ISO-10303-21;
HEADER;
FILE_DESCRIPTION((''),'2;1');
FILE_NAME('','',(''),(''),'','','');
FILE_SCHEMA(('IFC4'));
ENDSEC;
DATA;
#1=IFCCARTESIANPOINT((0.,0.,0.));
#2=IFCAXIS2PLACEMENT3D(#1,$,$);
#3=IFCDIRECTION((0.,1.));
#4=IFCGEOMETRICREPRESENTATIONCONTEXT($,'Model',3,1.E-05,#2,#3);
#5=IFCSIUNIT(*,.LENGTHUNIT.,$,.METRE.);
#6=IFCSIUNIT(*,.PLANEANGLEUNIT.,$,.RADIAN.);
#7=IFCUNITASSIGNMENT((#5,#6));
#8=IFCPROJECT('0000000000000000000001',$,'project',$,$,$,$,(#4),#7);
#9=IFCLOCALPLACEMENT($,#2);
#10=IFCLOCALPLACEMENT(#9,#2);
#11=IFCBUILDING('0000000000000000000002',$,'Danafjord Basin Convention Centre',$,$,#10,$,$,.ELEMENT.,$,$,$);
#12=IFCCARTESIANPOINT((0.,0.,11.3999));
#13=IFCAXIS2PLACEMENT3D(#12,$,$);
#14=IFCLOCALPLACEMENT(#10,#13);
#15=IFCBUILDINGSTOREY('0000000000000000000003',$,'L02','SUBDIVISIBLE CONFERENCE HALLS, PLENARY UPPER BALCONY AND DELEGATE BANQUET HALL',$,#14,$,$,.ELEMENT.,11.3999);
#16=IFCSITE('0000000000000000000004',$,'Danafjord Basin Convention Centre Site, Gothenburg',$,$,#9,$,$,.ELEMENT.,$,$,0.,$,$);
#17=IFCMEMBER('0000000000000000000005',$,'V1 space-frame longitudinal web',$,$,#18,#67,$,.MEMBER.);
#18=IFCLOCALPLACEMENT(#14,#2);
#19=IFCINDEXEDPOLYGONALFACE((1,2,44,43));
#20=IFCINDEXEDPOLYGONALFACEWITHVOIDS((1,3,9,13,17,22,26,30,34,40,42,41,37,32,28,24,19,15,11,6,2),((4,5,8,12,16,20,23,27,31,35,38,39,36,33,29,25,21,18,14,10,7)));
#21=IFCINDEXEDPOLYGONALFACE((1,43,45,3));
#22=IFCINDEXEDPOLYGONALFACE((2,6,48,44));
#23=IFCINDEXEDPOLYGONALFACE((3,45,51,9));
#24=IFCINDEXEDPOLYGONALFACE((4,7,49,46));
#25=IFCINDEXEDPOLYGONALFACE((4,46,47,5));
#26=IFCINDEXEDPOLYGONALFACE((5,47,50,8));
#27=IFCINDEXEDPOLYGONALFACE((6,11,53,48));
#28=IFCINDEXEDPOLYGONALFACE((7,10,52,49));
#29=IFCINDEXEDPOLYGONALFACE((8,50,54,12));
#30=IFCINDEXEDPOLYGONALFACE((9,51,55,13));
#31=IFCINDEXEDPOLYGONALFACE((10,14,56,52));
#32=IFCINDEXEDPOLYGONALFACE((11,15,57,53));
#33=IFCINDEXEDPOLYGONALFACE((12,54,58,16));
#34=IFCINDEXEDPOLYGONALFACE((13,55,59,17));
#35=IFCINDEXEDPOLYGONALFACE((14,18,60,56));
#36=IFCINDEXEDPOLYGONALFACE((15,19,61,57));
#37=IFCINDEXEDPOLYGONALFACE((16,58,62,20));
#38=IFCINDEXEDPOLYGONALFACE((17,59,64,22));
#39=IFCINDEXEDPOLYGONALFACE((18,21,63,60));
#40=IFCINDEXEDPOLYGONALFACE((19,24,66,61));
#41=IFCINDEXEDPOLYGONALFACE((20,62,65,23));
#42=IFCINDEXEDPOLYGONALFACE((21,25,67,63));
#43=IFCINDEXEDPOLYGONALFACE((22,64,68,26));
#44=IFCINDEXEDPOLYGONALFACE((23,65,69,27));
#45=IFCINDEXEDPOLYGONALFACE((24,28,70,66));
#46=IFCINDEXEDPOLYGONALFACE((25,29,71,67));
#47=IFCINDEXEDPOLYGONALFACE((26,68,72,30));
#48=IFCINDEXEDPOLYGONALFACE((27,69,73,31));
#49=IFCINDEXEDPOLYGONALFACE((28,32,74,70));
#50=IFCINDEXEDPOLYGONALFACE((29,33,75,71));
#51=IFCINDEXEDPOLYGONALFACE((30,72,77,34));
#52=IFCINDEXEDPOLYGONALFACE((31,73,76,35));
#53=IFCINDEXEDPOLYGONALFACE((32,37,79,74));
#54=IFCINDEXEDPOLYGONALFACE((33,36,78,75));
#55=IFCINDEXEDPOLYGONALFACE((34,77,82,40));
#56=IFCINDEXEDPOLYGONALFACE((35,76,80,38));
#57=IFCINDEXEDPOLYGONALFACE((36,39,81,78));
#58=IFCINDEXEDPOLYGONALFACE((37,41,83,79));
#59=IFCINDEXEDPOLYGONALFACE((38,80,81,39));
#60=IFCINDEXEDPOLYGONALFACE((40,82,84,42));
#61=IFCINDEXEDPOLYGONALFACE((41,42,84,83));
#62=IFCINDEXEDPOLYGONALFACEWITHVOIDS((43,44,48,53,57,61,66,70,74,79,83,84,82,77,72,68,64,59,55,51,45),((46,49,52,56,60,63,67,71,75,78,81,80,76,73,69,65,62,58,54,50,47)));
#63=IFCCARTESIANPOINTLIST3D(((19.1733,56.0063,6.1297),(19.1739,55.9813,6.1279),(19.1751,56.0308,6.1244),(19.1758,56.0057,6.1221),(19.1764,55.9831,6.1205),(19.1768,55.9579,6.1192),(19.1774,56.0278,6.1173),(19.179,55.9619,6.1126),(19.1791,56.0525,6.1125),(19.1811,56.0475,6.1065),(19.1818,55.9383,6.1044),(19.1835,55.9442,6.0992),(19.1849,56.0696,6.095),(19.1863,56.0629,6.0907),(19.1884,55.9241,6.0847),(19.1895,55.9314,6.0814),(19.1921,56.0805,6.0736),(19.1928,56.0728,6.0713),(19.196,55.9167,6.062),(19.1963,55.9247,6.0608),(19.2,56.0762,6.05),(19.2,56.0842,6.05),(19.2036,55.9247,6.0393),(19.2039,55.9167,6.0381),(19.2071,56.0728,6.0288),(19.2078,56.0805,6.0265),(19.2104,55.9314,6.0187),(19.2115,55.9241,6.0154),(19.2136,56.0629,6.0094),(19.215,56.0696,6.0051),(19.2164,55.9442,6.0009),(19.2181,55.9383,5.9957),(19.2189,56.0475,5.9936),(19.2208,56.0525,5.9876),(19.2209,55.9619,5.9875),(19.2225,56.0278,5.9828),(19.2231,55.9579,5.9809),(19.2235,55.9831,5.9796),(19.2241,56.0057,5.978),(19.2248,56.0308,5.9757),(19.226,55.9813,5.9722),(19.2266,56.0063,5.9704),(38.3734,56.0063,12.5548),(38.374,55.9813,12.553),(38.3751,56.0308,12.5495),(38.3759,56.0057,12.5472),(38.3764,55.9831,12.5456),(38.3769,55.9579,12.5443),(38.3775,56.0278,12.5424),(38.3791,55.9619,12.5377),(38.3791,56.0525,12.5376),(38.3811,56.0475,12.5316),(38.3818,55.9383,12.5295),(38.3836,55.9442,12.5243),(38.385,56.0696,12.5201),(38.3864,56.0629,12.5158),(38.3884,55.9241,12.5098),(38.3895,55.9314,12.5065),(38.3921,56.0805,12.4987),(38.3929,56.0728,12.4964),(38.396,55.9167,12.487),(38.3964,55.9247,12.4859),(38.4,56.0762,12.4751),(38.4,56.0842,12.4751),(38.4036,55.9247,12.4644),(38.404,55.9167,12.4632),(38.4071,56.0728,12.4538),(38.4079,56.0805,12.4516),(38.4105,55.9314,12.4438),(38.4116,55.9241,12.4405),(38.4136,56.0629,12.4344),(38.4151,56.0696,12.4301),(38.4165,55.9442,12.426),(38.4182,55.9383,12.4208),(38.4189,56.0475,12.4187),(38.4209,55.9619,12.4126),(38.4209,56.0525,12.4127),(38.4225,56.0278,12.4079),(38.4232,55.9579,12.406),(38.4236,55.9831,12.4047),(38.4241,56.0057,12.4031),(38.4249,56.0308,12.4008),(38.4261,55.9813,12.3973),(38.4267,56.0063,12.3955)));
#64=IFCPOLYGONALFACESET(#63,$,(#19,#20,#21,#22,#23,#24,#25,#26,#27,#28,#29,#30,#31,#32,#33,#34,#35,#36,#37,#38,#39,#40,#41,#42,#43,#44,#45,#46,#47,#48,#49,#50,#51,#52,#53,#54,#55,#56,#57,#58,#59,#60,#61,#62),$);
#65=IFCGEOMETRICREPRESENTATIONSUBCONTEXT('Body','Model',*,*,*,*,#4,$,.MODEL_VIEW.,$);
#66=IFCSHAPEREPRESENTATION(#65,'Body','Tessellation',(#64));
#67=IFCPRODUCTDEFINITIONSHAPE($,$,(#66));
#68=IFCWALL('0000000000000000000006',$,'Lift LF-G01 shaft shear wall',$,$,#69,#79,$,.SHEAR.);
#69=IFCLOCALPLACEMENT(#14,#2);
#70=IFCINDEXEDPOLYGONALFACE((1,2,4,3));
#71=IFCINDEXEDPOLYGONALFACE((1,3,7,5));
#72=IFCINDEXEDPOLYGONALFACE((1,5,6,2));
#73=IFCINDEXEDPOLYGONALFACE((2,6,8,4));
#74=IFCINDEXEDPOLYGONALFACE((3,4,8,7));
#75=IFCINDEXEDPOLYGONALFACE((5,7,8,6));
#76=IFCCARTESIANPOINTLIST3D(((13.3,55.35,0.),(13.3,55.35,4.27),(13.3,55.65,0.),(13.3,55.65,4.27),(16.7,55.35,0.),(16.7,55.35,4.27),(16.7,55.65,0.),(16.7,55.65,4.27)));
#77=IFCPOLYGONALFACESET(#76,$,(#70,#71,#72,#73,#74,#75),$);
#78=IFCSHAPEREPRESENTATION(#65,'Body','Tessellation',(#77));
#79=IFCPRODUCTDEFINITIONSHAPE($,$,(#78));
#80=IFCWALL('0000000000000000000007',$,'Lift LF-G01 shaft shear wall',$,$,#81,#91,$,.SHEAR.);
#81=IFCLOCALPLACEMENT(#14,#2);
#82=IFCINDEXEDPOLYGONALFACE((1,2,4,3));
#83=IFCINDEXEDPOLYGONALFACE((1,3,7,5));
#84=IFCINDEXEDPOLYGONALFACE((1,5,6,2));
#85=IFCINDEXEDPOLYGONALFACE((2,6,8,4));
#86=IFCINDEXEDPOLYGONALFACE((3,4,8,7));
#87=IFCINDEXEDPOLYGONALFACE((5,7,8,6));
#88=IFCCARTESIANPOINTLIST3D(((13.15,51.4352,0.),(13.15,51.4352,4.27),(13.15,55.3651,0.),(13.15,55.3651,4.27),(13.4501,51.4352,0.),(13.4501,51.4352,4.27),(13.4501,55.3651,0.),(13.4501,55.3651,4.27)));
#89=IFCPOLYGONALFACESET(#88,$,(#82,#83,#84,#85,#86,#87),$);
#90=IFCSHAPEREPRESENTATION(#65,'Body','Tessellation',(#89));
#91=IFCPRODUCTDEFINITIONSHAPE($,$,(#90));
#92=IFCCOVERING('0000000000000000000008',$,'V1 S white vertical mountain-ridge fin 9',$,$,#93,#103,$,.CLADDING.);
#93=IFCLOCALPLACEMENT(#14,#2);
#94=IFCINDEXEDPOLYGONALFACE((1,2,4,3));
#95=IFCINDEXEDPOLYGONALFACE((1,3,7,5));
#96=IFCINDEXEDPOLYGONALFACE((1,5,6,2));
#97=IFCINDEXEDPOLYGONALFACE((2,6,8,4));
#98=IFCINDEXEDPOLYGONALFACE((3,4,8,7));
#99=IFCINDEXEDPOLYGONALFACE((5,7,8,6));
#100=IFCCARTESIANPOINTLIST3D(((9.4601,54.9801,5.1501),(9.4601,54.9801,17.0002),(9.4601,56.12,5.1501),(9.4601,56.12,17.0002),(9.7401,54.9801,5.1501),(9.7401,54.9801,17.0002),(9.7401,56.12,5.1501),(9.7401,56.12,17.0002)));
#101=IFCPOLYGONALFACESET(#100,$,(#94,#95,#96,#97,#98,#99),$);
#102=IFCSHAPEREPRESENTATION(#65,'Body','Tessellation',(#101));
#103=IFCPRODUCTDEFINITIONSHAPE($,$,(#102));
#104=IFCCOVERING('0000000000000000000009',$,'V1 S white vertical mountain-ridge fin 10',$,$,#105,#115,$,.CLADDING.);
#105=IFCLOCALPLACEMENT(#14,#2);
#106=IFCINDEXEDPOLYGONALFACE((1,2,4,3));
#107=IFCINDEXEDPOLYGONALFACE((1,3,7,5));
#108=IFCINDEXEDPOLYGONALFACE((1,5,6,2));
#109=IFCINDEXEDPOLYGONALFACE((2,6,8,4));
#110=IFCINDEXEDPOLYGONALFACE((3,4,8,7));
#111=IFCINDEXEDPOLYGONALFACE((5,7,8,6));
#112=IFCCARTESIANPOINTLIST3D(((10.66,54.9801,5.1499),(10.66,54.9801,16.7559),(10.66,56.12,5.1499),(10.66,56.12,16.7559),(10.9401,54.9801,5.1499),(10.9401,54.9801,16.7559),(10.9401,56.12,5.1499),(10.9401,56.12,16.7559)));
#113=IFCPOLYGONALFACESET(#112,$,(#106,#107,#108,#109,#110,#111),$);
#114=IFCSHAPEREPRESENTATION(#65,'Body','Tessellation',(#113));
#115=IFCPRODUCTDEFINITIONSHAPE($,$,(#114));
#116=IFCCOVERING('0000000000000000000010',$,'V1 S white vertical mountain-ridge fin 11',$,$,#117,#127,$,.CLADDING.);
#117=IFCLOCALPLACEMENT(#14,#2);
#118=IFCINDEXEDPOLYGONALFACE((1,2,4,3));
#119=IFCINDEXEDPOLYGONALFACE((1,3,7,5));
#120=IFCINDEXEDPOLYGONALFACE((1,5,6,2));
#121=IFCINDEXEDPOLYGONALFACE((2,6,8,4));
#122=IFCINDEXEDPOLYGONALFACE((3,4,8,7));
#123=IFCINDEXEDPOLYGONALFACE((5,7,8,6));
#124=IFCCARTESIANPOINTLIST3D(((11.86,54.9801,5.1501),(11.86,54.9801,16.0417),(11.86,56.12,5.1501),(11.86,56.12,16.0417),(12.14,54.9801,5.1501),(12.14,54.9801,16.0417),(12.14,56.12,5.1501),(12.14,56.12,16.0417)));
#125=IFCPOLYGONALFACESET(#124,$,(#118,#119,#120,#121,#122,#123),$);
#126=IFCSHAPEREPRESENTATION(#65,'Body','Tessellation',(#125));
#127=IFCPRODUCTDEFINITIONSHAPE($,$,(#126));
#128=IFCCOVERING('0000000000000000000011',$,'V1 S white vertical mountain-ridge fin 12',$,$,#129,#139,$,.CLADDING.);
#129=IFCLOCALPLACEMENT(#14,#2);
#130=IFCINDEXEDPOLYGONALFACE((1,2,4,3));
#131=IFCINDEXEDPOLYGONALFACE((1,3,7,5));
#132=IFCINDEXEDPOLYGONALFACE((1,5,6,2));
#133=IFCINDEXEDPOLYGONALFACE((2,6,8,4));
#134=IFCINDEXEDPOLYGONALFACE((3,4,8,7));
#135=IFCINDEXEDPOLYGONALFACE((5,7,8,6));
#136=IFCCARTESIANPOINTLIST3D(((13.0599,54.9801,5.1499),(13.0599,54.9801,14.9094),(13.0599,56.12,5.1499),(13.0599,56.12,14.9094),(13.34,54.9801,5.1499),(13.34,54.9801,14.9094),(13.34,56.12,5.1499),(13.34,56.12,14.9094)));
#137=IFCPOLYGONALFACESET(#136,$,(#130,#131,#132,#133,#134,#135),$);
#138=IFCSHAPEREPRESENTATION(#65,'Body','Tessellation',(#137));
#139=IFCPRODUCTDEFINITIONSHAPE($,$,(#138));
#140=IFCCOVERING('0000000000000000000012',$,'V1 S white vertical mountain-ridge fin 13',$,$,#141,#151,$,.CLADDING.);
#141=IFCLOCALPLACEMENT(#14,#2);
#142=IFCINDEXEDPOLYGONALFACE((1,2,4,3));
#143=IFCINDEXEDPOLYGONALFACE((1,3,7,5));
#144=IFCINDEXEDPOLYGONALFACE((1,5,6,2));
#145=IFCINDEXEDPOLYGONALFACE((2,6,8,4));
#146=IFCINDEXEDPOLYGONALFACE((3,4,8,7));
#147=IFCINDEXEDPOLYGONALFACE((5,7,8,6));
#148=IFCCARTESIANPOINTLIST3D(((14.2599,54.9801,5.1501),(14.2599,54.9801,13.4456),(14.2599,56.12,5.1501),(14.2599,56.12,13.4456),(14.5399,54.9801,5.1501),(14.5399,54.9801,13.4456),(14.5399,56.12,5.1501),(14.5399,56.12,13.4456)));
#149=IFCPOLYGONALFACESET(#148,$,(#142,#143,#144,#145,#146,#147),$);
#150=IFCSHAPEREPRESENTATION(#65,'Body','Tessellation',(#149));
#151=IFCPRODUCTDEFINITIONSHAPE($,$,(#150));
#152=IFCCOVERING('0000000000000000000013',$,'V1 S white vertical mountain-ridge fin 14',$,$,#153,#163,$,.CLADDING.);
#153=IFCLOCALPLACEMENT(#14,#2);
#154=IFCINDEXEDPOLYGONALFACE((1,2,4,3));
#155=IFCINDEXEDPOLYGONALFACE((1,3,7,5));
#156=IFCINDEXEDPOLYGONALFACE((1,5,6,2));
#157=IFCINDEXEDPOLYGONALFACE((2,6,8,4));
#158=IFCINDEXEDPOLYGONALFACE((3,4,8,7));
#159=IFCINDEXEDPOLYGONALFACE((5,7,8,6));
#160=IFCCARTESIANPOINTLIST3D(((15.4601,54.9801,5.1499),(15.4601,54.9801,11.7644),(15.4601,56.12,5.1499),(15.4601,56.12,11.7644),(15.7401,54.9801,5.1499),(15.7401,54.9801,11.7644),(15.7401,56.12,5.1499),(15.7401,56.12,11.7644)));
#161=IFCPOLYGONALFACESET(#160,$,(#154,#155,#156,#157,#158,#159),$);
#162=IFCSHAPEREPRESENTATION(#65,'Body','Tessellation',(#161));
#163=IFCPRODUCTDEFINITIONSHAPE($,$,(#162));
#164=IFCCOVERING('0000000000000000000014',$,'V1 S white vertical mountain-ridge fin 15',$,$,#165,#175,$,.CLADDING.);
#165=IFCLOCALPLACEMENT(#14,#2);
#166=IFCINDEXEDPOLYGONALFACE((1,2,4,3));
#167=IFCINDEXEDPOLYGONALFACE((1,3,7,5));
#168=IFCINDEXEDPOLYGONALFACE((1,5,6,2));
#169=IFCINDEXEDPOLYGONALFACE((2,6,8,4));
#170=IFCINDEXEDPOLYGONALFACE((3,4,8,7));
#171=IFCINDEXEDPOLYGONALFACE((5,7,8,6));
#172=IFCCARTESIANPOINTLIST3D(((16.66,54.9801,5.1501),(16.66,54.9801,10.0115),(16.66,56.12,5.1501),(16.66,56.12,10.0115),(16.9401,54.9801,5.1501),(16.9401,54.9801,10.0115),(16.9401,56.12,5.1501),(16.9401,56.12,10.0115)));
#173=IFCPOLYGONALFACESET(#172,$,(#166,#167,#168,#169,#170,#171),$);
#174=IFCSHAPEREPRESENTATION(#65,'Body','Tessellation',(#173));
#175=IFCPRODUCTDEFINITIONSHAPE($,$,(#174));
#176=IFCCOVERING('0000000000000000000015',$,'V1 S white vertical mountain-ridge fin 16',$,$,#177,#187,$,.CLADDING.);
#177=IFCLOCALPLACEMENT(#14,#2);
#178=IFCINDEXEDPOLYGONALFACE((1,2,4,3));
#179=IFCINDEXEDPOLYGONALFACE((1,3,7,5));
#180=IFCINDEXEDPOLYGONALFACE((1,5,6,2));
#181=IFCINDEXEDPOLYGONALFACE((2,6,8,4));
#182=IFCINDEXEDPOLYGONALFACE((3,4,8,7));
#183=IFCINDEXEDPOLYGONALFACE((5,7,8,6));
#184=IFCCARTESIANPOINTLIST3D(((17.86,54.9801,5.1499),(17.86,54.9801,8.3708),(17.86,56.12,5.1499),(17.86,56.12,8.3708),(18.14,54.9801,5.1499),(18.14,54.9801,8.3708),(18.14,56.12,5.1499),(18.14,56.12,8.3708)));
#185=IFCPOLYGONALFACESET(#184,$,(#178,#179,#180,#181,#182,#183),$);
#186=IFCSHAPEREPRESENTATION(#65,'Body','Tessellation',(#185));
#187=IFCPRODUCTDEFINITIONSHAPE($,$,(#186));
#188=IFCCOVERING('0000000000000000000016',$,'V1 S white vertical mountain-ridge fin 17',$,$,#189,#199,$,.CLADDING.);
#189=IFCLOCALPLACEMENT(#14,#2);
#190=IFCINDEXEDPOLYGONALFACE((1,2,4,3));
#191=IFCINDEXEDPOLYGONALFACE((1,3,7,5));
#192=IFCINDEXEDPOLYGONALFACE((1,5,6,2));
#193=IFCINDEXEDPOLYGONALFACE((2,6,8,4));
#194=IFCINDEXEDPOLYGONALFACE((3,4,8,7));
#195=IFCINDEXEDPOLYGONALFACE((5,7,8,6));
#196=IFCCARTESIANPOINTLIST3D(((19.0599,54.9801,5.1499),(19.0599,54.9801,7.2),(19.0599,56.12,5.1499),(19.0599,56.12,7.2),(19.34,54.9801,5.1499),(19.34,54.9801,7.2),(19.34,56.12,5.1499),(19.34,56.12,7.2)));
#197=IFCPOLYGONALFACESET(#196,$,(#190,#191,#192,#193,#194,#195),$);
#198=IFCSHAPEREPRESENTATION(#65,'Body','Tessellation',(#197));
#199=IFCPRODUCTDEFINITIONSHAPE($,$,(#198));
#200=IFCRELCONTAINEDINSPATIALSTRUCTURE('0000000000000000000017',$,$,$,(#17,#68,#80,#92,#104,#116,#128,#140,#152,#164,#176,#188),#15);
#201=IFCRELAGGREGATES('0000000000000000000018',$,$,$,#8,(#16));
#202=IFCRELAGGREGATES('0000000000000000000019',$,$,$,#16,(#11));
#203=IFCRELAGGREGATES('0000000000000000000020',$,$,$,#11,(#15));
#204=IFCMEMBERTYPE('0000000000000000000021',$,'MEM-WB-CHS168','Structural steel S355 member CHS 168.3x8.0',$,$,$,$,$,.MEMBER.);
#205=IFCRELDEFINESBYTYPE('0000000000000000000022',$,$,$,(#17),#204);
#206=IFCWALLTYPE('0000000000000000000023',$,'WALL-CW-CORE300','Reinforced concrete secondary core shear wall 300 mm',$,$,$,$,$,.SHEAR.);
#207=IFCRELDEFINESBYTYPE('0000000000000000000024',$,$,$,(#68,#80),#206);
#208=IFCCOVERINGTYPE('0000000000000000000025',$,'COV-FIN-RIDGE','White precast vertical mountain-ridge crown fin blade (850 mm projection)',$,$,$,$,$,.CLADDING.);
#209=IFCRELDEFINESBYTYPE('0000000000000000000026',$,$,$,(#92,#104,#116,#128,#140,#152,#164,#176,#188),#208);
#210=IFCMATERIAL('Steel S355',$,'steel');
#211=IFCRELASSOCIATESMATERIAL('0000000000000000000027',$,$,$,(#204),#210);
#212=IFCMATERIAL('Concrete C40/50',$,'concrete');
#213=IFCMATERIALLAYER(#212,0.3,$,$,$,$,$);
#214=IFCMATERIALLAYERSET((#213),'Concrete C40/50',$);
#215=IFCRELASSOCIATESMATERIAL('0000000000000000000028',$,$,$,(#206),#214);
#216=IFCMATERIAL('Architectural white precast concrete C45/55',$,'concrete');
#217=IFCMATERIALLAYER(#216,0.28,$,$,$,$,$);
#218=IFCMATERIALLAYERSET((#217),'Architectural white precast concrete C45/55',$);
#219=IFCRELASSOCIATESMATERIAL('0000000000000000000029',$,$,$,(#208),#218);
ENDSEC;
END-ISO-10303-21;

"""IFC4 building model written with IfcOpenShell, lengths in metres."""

from ifc_helpers import new_model, si_unit, direction, frame, frame_2d, origin, origin_2d, place, context, subcontext, project, spatial, rectangle, hollow_circle, extrude, material, layer, layer_set, material_profile, profile_set, type_object, element, save


model = new_model("IFC4")

# Units and contexts
model_context = context("Model", 3, precision=1e-05, world=origin(), true_north=direction((0.0, 1.0)))
body_context = subcontext(model_context, "Body", "Model", "MODEL_VIEW")
ifc_project = project(units=[si_unit("LENGTHUNIT", "METRE"), si_unit("PLANEANGLEUNIT", "RADIAN")], contexts=[model_context])

# Site, building, storey
site_placement = place(None, origin())
site = spatial("IfcSite", under=ifc_project, at=site_placement, Name="Danafjord Basin Convention Centre Site, Gothenburg", CompositionType="ELEMENT", RefElevation=0.0)
building_placement = place(site_placement, origin())
building = spatial("IfcBuilding", under=site, at=building_placement, Name="Danafjord Basin Convention Centre", CompositionType="ELEMENT")
storey_placement = place(building_placement, frame((0.0, 0.0, 11.3999)))
storey = spatial("IfcBuildingStorey", under=building, at=storey_placement, Name="L02", Description="SUBDIVISIBLE CONFERENCE HALLS, PLENARY UPPER BALCONY AND DELEGATE BANQUET HALL", CompositionType="ELEMENT", Elevation=11.3999)

# Shared definitions
ifc_material_1 = material(Name="Steel S355", Category="steel")

# Member
ifc_material_profile_1 = material_profile(ifc_material_1, hollow_circle(Radius=0.0842, WallThickness=0.0081, at=origin_2d()), Name="CHS 168.3x8.0")
ifc_profile_set_1 = profile_set([ifc_material_profile_1], Name="Steel S355")
member_type_1 = type_object("IfcMemberType", Name="MEM-WB-CHS168", Description="Structural steel S355 member CHS 168.3x8.0", PredefinedType="MEMBER", material=ifc_profile_set_1)
member_1_placement = place(storey_placement, frame((19.2, 56.0, 6.05), z_axis=(0.948311, 0.0, 0.317342), x_axis=(0.0, 1.0, 0.0)))
element("IfcMember", 1, at=member_1_placement, inside=storey, type_object=member_type_1, Name="V1 space-frame longitudinal web", PredefinedType="MEMBER", context=body_context, shape_type="SweptSolid", body=[
    extrude(hollow_circle(Radius=0.0842, WallThickness=0.0081, at=origin_2d()), origin(), (0.0, 0.0, 1.0), 20.2466),
])

# Walls
ifc_material_2 = material(Name="Concrete C40/50", Category="concrete")
ifc_layer_1 = layer(ifc_material_2, 0.3)
ifc_layer_set_1 = layer_set([ifc_layer_1], Name="Concrete C40/50")
wall_type = type_object("IfcWallType", Name="WALL-CW-CORE300", Description="Reinforced concrete secondary core shear wall 300 mm", PredefinedType="SHEAR", material=ifc_layer_set_1)
wall_1_placement = place(storey_placement, frame((16.7, 55.5, 0.0), z_axis=(0.0, 0.0, 1.0), x_axis=(-1.0, 0.0, 0.0)))
element("IfcWall", 2, at=wall_1_placement, inside=storey, type_object=wall_type, Name="Lift LF-G01 shaft shear wall", PredefinedType="SHEAR", context=body_context, shape_type="SweptSolid", body=[
    extrude(rectangle(XDim=3.3999, YDim=0.3, at=frame_2d((1.7, 0.0))), origin(), (0.0, 0.0, 1.0), 4.27),
])
wall_2_placement = place(storey_placement, frame((13.3, 55.365, 0.0), z_axis=(0.0, 0.0, 1.0), x_axis=(0.0, -1.0, 0.0)))
element("IfcWall", 3, at=wall_2_placement, inside=storey, type_object=wall_type, Name="Lift LF-G01 shaft shear wall", PredefinedType="SHEAR", context=body_context, shape_type="SweptSolid", body=[
    extrude(rectangle(XDim=3.9299, YDim=0.3, at=frame_2d((1.9648, 0.0))), origin(), (0.0, 0.0, 1.0), 4.27),
])

# Coverings
ifc_material_3 = material(Name="Architectural white precast concrete C45/55", Category="concrete")
ifc_layer_2 = layer(ifc_material_3, 0.28)
ifc_layer_set_2 = layer_set([ifc_layer_2], Name="Architectural white precast concrete C45/55")
covering_type = type_object("IfcCoveringType", Name="COV-FIN-RIDGE", Description="White precast vertical mountain-ridge crown fin blade (850 mm projection)", PredefinedType="CLADDING", material=ifc_layer_set_2)
covering_1_placement = place(storey_placement, frame((9.6001, 55.55, 5.1501), z_axis=(0.0, 0.0, 1.0), x_axis=(0.0, 1.0, 0.0)))
element("IfcCovering", 4, at=covering_1_placement, inside=storey, type_object=covering_type, Name="V1 S white vertical mountain-ridge fin 9", PredefinedType="CLADDING", context=body_context, shape_type="SweptSolid", body=[
    extrude(rectangle(XDim=1.1399, YDim=0.28, at=origin_2d()), origin(), (0.0, 0.0, 1.0), 11.8501),
])
covering_2_placement = place(storey_placement, frame((10.8, 55.55, 5.1499), z_axis=(0.0, 0.0, 1.0), x_axis=(0.0, 1.0, 0.0)))
element("IfcCovering", 5, at=covering_2_placement, inside=storey, type_object=covering_type, Name="V1 S white vertical mountain-ridge fin 10", PredefinedType="CLADDING", context=body_context, shape_type="SweptSolid", body=[
    extrude(rectangle(XDim=1.1399, YDim=0.28, at=origin_2d()), origin(), (0.0, 0.0, 1.0), 11.606),
])
covering_3_placement = place(storey_placement, frame((12.0, 55.55, 5.1501), z_axis=(0.0, 0.0, 1.0), x_axis=(0.0, 1.0, 0.0)))
element("IfcCovering", 6, at=covering_3_placement, inside=storey, type_object=covering_type, Name="V1 S white vertical mountain-ridge fin 11", PredefinedType="CLADDING", context=body_context, shape_type="SweptSolid", body=[
    extrude(rectangle(XDim=1.1399, YDim=0.28, at=origin_2d()), origin(), (0.0, 0.0, 1.0), 10.8916),
])
covering_4_placement = place(storey_placement, frame((13.2, 55.55, 5.1499), z_axis=(0.0, 0.0, 1.0), x_axis=(0.0, 1.0, 0.0)))
element("IfcCovering", 7, at=covering_4_placement, inside=storey, type_object=covering_type, Name="V1 S white vertical mountain-ridge fin 12", PredefinedType="CLADDING", context=body_context, shape_type="SweptSolid", body=[
    extrude(rectangle(XDim=1.1399, YDim=0.28, at=origin_2d()), origin(), (0.0, 0.0, 1.0), 9.7595),
])
covering_5_placement = place(storey_placement, frame((14.3999, 55.55, 5.1501), z_axis=(0.0, 0.0, 1.0), x_axis=(0.0, 1.0, 0.0)))
element("IfcCovering", 8, at=covering_5_placement, inside=storey, type_object=covering_type, Name="V1 S white vertical mountain-ridge fin 13", PredefinedType="CLADDING", context=body_context, shape_type="SweptSolid", body=[
    extrude(rectangle(XDim=1.1399, YDim=0.28, at=origin_2d()), origin(), (0.0, 0.0, 1.0), 8.2954),
])
covering_6_placement = place(storey_placement, frame((15.6001, 55.55, 5.1499), z_axis=(0.0, 0.0, 1.0), x_axis=(0.0, 1.0, 0.0)))
element("IfcCovering", 9, at=covering_6_placement, inside=storey, type_object=covering_type, Name="V1 S white vertical mountain-ridge fin 14", PredefinedType="CLADDING", context=body_context, shape_type="SweptSolid", body=[
    extrude(rectangle(XDim=1.1399, YDim=0.28, at=origin_2d()), origin(), (0.0, 0.0, 1.0), 6.6145),
])
covering_7_placement = place(storey_placement, frame((16.8, 55.55, 5.1501), z_axis=(0.0, 0.0, 1.0), x_axis=(0.0, 1.0, 0.0)))
element("IfcCovering", 10, at=covering_7_placement, inside=storey, type_object=covering_type, Name="V1 S white vertical mountain-ridge fin 15", PredefinedType="CLADDING", context=body_context, shape_type="SweptSolid", body=[
    extrude(rectangle(XDim=1.1399, YDim=0.28, at=origin_2d()), origin(), (0.0, 0.0, 1.0), 4.8613),
])
covering_8_placement = place(storey_placement, frame((18.0, 55.55, 5.1499), z_axis=(0.0, 0.0, 1.0), x_axis=(0.0, 1.0, 0.0)))
element("IfcCovering", 11, at=covering_8_placement, inside=storey, type_object=covering_type, Name="V1 S white vertical mountain-ridge fin 16", PredefinedType="CLADDING", context=body_context, shape_type="SweptSolid", body=[
    extrude(rectangle(XDim=1.1399, YDim=0.28, at=origin_2d()), origin(), (0.0, 0.0, 1.0), 3.2209),
])
covering_9_placement = place(storey_placement, frame((19.2, 55.55, 5.1499), z_axis=(0.0, 0.0, 1.0), x_axis=(0.0, 1.0, 0.0)))
element("IfcCovering", 12, at=covering_9_placement, inside=storey, type_object=covering_type, Name="V1 S white vertical mountain-ridge fin 17", PredefinedType="CLADDING", context=body_context, shape_type="SweptSolid", body=[
    extrude(rectangle(XDim=1.1399, YDim=0.28, at=origin_2d()), origin(), (0.0, 0.0, 1.0), 2.05),
])

save(model, "model.ifc")
